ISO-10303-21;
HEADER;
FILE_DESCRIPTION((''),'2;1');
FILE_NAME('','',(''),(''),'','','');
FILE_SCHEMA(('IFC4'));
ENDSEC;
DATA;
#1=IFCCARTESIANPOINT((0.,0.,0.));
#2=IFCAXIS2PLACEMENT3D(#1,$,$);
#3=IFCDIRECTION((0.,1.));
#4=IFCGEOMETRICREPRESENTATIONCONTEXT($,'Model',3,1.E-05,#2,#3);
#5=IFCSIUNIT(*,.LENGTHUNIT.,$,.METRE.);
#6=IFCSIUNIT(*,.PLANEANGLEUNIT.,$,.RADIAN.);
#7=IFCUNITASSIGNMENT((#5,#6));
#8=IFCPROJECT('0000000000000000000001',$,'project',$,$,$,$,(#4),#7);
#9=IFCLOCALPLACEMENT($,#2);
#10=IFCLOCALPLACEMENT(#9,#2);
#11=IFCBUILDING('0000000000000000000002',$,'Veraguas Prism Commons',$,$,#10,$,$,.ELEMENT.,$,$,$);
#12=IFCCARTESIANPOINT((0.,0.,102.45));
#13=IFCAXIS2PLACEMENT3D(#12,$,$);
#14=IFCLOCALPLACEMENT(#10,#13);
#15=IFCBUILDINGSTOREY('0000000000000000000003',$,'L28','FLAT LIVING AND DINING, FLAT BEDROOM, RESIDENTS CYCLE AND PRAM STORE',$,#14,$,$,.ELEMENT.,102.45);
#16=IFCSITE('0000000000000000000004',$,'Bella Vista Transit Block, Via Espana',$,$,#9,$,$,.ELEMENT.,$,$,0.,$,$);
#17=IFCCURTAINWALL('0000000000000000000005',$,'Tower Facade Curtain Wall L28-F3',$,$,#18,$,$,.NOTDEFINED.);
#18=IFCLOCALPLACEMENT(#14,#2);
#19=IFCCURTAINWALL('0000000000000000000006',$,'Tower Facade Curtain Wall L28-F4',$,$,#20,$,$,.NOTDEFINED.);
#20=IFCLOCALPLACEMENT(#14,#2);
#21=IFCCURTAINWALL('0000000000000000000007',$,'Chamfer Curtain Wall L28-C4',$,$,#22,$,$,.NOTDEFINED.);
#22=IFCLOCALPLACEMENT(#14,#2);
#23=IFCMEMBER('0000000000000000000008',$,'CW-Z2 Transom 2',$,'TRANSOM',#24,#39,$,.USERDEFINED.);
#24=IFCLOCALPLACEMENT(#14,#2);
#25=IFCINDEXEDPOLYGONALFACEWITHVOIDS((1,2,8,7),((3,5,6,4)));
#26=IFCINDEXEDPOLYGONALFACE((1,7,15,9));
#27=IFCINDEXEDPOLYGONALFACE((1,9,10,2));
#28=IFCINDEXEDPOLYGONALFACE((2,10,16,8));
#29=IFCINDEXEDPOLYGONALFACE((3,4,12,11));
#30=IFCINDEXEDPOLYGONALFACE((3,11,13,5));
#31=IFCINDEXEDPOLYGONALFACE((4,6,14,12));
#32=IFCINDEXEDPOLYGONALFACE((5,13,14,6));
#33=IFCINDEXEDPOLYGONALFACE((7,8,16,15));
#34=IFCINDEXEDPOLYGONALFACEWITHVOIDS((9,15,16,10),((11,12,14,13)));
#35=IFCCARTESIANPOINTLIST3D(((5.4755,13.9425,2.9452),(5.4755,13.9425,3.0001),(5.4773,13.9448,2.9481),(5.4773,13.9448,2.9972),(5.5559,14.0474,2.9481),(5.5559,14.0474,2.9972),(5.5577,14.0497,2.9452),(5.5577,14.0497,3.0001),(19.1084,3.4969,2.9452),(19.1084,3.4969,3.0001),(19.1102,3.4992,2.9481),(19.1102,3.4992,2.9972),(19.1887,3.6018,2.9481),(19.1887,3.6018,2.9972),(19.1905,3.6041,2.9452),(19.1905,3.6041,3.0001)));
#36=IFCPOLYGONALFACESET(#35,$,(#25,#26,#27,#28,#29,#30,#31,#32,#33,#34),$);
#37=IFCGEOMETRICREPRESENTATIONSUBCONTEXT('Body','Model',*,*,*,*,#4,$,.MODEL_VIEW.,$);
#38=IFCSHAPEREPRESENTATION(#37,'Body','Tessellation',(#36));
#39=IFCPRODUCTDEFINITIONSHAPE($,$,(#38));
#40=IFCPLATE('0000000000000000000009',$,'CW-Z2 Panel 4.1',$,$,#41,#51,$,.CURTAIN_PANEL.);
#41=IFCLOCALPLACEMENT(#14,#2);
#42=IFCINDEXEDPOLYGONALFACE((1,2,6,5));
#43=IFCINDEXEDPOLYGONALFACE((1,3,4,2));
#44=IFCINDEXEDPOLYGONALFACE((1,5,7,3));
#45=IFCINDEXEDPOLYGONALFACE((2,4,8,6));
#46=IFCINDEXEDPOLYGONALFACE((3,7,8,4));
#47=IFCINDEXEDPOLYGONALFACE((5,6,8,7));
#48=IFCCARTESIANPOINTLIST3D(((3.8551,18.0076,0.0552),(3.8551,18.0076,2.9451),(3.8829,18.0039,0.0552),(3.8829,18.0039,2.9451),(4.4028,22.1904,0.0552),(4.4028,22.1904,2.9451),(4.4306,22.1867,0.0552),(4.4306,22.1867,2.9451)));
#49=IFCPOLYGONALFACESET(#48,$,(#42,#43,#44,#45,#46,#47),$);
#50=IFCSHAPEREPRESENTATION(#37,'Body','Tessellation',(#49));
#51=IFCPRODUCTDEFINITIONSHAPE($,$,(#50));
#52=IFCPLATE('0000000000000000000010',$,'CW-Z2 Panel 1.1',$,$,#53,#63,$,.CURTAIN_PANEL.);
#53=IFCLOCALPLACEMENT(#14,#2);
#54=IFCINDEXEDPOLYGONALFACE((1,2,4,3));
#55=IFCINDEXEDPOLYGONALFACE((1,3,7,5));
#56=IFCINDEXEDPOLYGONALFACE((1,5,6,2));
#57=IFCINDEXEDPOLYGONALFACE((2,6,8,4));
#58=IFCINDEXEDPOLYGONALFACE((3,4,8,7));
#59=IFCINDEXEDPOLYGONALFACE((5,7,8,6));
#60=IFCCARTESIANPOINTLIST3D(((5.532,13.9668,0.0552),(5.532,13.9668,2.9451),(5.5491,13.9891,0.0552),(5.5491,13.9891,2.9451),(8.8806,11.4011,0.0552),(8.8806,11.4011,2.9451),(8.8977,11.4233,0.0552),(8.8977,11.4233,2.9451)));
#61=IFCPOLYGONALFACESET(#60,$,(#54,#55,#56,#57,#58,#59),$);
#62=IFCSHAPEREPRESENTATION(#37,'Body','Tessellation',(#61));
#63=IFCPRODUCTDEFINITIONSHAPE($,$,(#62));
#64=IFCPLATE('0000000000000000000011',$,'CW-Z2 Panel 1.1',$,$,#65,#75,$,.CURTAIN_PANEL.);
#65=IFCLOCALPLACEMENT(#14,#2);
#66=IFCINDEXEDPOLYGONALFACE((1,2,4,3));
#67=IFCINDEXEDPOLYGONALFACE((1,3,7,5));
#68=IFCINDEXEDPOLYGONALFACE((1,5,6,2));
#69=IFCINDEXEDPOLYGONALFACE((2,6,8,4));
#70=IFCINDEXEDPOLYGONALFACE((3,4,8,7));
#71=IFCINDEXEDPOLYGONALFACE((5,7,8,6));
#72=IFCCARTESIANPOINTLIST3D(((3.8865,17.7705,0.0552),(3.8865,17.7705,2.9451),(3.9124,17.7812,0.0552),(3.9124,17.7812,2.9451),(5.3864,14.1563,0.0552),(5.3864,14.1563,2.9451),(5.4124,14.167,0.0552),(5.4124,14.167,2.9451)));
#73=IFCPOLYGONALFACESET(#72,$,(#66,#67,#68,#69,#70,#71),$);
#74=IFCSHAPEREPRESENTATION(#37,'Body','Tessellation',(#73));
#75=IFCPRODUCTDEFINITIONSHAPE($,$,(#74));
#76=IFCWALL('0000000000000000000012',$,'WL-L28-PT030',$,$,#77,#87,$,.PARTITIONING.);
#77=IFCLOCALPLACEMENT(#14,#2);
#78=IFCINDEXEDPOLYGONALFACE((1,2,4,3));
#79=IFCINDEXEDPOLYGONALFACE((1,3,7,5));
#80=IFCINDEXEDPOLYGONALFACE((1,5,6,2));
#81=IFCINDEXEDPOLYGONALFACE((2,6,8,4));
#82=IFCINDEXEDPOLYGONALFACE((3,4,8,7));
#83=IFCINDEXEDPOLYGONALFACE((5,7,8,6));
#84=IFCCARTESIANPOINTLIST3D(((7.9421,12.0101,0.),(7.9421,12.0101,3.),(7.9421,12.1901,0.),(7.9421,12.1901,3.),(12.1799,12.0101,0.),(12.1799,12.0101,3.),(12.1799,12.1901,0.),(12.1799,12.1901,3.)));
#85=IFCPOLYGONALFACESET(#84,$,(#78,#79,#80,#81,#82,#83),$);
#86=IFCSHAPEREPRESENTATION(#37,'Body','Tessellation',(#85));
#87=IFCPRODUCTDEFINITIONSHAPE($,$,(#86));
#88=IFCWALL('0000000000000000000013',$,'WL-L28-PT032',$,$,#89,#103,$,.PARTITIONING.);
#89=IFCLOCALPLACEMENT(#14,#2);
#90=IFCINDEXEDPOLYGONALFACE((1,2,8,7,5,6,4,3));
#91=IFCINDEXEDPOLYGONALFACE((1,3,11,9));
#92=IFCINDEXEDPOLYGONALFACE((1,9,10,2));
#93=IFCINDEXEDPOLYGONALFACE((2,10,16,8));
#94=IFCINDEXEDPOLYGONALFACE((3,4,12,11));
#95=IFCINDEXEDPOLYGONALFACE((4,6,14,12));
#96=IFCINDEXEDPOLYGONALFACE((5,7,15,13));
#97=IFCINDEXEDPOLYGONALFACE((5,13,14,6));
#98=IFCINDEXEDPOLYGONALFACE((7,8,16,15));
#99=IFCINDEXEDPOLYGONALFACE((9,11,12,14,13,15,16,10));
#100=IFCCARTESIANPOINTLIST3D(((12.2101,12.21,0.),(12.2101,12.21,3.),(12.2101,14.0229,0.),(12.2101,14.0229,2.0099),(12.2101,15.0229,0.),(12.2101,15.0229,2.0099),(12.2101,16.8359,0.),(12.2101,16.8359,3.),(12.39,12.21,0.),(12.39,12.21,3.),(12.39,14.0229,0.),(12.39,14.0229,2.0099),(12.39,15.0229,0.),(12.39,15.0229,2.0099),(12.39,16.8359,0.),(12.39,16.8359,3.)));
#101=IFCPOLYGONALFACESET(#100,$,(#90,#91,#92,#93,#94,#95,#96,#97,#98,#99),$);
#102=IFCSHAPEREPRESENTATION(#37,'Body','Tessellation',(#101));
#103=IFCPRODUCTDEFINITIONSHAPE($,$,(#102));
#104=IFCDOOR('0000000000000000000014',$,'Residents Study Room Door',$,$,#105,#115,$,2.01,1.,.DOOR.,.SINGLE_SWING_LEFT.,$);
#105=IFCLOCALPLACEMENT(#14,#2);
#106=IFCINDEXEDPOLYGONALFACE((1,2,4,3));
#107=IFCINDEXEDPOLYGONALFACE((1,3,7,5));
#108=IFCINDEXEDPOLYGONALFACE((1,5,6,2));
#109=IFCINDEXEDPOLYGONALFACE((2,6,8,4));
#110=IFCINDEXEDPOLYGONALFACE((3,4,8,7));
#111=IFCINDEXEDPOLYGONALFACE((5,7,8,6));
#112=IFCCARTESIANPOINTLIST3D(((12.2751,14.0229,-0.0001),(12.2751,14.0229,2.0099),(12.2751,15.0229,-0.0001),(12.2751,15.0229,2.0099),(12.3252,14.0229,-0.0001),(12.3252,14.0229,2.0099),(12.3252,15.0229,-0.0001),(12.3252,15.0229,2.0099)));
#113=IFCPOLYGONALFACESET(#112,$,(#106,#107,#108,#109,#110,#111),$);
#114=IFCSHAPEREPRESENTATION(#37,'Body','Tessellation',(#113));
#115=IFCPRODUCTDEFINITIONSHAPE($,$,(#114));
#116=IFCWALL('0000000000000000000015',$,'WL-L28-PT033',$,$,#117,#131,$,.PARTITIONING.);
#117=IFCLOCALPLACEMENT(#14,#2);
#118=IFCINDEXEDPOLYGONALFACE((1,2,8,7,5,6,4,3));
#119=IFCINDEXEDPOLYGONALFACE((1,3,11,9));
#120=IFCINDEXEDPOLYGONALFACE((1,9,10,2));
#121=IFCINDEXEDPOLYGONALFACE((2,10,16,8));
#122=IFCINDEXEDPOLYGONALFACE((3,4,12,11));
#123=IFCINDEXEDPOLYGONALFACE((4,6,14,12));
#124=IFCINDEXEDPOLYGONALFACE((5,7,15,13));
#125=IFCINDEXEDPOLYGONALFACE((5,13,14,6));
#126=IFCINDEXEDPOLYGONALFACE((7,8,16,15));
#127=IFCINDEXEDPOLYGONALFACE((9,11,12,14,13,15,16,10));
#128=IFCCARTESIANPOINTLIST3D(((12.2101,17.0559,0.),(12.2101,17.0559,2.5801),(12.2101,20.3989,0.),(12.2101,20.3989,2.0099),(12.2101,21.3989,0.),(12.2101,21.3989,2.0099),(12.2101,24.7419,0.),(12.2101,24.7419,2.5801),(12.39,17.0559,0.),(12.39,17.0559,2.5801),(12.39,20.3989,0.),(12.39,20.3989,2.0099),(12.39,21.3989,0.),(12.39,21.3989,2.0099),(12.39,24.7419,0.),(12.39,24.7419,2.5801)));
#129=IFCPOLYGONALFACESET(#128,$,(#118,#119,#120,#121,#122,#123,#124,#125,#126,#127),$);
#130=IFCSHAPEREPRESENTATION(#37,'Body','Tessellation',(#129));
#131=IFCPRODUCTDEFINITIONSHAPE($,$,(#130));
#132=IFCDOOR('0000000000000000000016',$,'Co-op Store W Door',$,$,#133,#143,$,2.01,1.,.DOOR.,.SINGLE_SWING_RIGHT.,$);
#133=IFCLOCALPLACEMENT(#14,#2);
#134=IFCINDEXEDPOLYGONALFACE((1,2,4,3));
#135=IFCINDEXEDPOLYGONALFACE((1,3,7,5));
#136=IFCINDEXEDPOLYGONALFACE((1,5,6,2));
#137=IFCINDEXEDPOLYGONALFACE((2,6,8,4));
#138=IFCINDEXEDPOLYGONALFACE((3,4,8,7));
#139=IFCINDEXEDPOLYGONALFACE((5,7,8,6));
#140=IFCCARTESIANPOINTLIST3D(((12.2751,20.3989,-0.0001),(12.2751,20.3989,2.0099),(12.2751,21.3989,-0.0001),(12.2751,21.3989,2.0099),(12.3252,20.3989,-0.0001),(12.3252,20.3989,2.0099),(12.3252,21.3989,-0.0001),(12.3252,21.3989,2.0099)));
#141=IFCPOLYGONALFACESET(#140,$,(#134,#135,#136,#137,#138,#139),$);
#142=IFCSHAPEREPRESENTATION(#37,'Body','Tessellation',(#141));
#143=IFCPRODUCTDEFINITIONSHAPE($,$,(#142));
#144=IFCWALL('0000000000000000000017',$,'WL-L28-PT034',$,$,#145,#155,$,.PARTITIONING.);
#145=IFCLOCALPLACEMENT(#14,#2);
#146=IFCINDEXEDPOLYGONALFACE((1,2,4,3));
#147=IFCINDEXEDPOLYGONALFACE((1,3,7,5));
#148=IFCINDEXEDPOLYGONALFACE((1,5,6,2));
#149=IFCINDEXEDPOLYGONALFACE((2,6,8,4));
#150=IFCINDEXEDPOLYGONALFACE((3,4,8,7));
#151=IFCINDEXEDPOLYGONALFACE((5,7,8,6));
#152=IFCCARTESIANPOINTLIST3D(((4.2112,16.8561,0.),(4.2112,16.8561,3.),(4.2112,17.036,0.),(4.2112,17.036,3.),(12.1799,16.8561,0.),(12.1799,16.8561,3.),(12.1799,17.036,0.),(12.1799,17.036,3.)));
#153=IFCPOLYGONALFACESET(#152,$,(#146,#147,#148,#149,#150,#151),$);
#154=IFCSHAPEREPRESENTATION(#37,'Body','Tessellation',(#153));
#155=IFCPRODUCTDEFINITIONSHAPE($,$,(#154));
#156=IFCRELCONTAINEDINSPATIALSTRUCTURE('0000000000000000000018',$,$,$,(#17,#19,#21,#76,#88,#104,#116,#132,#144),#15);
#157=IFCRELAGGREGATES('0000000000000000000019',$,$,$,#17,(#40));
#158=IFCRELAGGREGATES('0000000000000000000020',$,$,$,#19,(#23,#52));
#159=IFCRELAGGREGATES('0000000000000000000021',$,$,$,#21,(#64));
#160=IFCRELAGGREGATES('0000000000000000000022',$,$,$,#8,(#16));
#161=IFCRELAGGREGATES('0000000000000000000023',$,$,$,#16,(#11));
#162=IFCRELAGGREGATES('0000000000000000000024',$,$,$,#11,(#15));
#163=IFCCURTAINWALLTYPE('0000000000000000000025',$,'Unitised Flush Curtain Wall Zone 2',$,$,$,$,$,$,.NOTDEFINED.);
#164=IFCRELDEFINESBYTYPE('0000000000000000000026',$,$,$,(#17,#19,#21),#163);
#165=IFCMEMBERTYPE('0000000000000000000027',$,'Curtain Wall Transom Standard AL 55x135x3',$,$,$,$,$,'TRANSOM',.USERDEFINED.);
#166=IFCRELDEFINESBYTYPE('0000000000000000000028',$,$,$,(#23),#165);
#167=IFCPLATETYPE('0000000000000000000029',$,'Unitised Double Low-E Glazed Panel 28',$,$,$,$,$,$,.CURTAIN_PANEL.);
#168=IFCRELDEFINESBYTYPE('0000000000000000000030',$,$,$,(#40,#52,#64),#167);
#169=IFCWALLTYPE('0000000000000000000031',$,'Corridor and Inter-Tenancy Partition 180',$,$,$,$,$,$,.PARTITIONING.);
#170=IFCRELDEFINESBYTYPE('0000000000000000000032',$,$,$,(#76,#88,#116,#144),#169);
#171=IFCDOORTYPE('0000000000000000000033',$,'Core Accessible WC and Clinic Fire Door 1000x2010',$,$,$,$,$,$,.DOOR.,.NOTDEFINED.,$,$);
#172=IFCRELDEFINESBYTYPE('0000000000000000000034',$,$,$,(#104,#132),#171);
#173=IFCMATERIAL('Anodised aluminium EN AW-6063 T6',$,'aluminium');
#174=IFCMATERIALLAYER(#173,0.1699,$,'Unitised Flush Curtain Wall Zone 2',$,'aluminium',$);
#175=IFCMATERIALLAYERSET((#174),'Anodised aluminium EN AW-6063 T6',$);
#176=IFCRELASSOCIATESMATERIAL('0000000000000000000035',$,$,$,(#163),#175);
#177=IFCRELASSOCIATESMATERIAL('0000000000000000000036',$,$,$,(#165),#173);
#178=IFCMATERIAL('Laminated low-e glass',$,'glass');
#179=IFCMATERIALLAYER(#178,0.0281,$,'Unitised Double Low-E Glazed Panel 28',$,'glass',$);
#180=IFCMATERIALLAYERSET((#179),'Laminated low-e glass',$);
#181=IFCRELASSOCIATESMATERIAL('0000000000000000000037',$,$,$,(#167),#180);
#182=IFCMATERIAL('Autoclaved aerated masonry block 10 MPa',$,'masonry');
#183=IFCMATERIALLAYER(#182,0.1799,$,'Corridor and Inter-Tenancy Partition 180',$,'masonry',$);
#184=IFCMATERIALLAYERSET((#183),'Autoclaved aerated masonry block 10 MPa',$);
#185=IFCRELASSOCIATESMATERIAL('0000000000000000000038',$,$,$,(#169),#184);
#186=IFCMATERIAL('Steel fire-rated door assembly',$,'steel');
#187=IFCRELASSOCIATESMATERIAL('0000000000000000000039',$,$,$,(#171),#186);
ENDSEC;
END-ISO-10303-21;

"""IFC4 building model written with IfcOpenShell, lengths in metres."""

from ifc_helpers import new_model, si_unit, direction, frame, frame_2d, origin, origin_2d, place, context, subcontext, project, spatial, rectangle, hollow_rectangle, extrude, source, transform, mapped, material, layer, layer_set, material_profile, profile_set, type_object, element, fill, aggregate, save


model = new_model("IFC4")

# Units and contexts
model_context = context("Model", 3, precision=1e-05, world=origin(), true_north=direction((0.0, 1.0)))
body_context = subcontext(model_context, "Body", "Model", "MODEL_VIEW")
ifc_project = project(units=[si_unit("LENGTHUNIT", "METRE"), si_unit("PLANEANGLEUNIT", "RADIAN")], contexts=[model_context])

# Site, building, storey
site_placement = place(None, origin())
site = spatial("IfcSite", under=ifc_project, at=site_placement, Name="Bella Vista Transit Block, Via Espana", CompositionType="ELEMENT", RefElevation=0.0)
building_placement = place(site_placement, origin())
building = spatial("IfcBuilding", under=site, at=building_placement, Name="Veraguas Prism Commons", CompositionType="ELEMENT")
storey_placement = place(building_placement, frame((0.0, 0.0, 102.45)))
storey = spatial("IfcBuildingStorey", under=building, at=storey_placement, Name="L28", Description="FLAT LIVING AND DINING, FLAT BEDROOM, RESIDENTS CYCLE AND PRAM STORE", CompositionType="ELEMENT", Elevation=102.45)

# Curtain walls
ifc_material_1 = material(Name="Anodised aluminium EN AW-6063 T6", Category="aluminium")
ifc_layer_1 = layer(ifc_material_1, 0.1699, Name="Unitised Flush Curtain Wall Zone 2", Category="aluminium")
ifc_layer_set_1 = layer_set([ifc_layer_1], Name="Anodised aluminium EN AW-6063 T6")
curtain_wall_type = type_object("IfcCurtainWallType", Name="Unitised Flush Curtain Wall Zone 2", PredefinedType="NOTDEFINED", material=ifc_layer_set_1)
curtain_wall_1_placement = place(storey_placement, origin())
curtain_wall_1 = element("IfcCurtainWall", 1, at=curtain_wall_1_placement, inside=storey, type_object=curtain_wall_type, Name="Tower Facade Curtain Wall L28-F3", PredefinedType="NOTDEFINED")
curtain_wall_2_placement = place(storey_placement, origin())
curtain_wall_2 = element("IfcCurtainWall", 2, at=curtain_wall_2_placement, inside=storey, type_object=curtain_wall_type, Name="Tower Facade Curtain Wall L28-F4", PredefinedType="NOTDEFINED")

# Curtain wall
curtain_wall_3_placement = place(storey_placement, origin())
curtain_wall_3 = element("IfcCurtainWall", 3, at=curtain_wall_3_placement, inside=storey, type_object=curtain_wall_type, Name="Chamfer Curtain Wall L28-C4", PredefinedType="NOTDEFINED")
ifc_material_profile_1 = material_profile(ifc_material_1, hollow_rectangle(XDim=0.0549, YDim=0.135, WallThickness=0.0029, at=origin_2d()), Name="AL55X135X3")
ifc_profile_set_1 = profile_set([ifc_material_profile_1], Name="Anodised aluminium EN AW-6063 T6")
member_type_1 = type_object("IfcMemberType", Name="Curtain Wall Transom Standard AL 55x135x3", ElementType="TRANSOM", PredefinedType="USERDEFINED", material=ifc_profile_set_1)

# Member
shared_shape_1 = source(origin(), body_context, "Body", "SweptSolid", [
    extrude(hollow_rectangle(XDim=0.0549, YDim=0.135, WallThickness=0.0029, at=origin_2d()), origin(), (0.0, 0.0, 1.0), 17.1746),
])
member_1_placement = place(storey_placement, frame((5.5166, 13.9961, 2.9727), z_axis=(0.793783, -0.608202, 0.0), x_axis=(0.0, 0.0, 1.0)))
member_1 = element("IfcMember", 4, at=member_1_placement, type_object=member_type_1, Name="CW-Z2 Transom 2", ObjectType="TRANSOM", PredefinedType="USERDEFINED", context=body_context, shape_type="MappedRepresentation", body=[
    mapped(shared_shape_1, transform((0.0, 0.0, 0.0), scale=1.0)),
])

# Plates
ifc_material_2 = material(Name="Laminated low-e glass", Category="glass")
ifc_layer_2 = layer(ifc_material_2, 0.0281, Name="Unitised Double Low-E Glazed Panel 28", Category="glass")
ifc_layer_set_2 = layer_set([ifc_layer_2], Name="Laminated low-e glass")
plate_type = type_object("IfcPlateType", Name="Unitised Double Low-E Glazed Panel 28", PredefinedType="CURTAIN_PANEL", material=ifc_layer_set_2)
shared_shape_2 = source(origin(), body_context, "Body", "SweptSolid", [
    extrude(rectangle(XDim=4.2185, YDim=0.0281, at=origin_2d()), origin(), (0.0, 0.0, 1.0), 2.8899),
])
plate_1_placement = place(storey_placement, frame((4.1428, 20.0972, 0.0552), z_axis=(0.0, 0.0, 1.0), x_axis=(-0.129834, -0.991536, 0.0)))
plate_1 = element("IfcPlate", 5, at=plate_1_placement, type_object=plate_type, Name="CW-Z2 Panel 4.1", PredefinedType="CURTAIN_PANEL", context=body_context, shape_type="MappedRepresentation", body=[
    mapped(shared_shape_2, transform((0.0, 0.0, 0.0), scale=1.0)),
])
aggregate(curtain_wall_1, [plate_1])
plate_2_placement = place(storey_placement, frame((7.2148, 12.6951, 0.0552), z_axis=(0.0, 0.0, 1.0), x_axis=(0.793778, -0.608207, 0.0)))
plate_2 = element("IfcPlate", 6, at=plate_2_placement, type_object=plate_type, Name="CW-Z2 Panel 1.1", PredefinedType="CURTAIN_PANEL", context=body_context, shape_type="MappedRepresentation", body=[
    mapped(shared_shape_2, transform((0.0, 0.0, 0.0), scale=1.0)),
])
aggregate(curtain_wall_2, [member_1, plate_2])
shared_shape_3 = source(origin(), body_context, "Body", "SweptSolid", [
    extrude(rectangle(XDim=3.9131, YDim=0.0281, at=origin_2d()), origin(), (0.0, 0.0, 1.0), 2.8899),
])
plate_3_placement = place(storey_placement, frame((4.6494, 15.9688, 0.0552), z_axis=(0.0, 0.0, 1.0), x_axis=(0.38332, -0.923615, 0.0)))
plate_3 = element("IfcPlate", 7, at=plate_3_placement, type_object=plate_type, Name="CW-Z2 Panel 1.1", PredefinedType="CURTAIN_PANEL", context=body_context, shape_type="MappedRepresentation", body=[
    mapped(shared_shape_3, transform((0.0, 0.0, 0.0), scale=1.0)),
])
aggregate(curtain_wall_3, [plate_3])

# Wall
ifc_material_3 = material(Name="Autoclaved aerated masonry block 10 MPa", Category="masonry")
ifc_layer_3 = layer(ifc_material_3, 0.1799, Name="Corridor and Inter-Tenancy Partition 180", Category="masonry")
ifc_layer_set_3 = layer_set([ifc_layer_3], Name="Autoclaved aerated masonry block 10 MPa")
wall_type = type_object("IfcWallType", Name="Corridor and Inter-Tenancy Partition 180", PredefinedType="PARTITIONING", material=ifc_layer_set_3)
wall_1_placement = place(storey_placement, frame((12.1799, 12.1001, 0.0), z_axis=(0.0, 0.0, 1.0), x_axis=(-1.0, 0.0, 0.0)))
element("IfcWall", 8, at=wall_1_placement, inside=storey, type_object=wall_type, Name="WL-L28-PT030", PredefinedType="PARTITIONING", context=body_context, shape_type="SweptSolid", body=[
    extrude(rectangle(XDim=4.2378, YDim=0.1799, at=frame_2d((2.1189, 0.0))), origin(), (0.0, 0.0, 1.0), 3.0),
])

# Walls, openings, doors
wall_2_placement = place(storey_placement, frame((12.3, 12.21, 0.0), z_axis=(0.0, 0.0, 1.0), x_axis=(0.0, 1.0, 0.0)))
wall_2 = element("IfcWall", 9, at=wall_2_placement, inside=storey, type_object=wall_type, Name="WL-L28-PT032", PredefinedType="PARTITIONING", context=body_context, shape_type="SweptSolid", body=[
    extrude(rectangle(XDim=4.626, YDim=0.1799, at=frame_2d((2.313, 0.0))), origin(), (0.0, 0.0, 1.0), 3.0),
])
opening_1_placement = place(wall_2_placement, frame((1.813, 0.0, 0.0)))
opening_1 = element("IfcOpeningElement", 10, at=opening_1_placement, cuts=wall_2, PredefinedType="OPENING", context=body_context, shape_type="SweptSolid", body=[
    extrude(rectangle(XDim=1.0, YDim=2.01, at=frame_2d((0.5, 1.0049))), frame((0.0, 0.0999, 0.0), z_axis=(0.0, -1.0, 0.0), x_axis=(1.0, 0.0, 0.0)), (0.0, 0.0, 1.0), 0.2),
])
ifc_material_4 = material(Name="Steel fire-rated door assembly", Category="steel")
door_type = type_object("IfcDoorType", Name="Core Accessible WC and Clinic Fire Door 1000x2010", OperationType="NOTDEFINED", PredefinedType="DOOR", material=ifc_material_4)
shared_shape_4 = source(origin(), body_context, "Body", "SweptSolid", [
    extrude(rectangle(XDim=1.0, YDim=2.01, at=frame_2d((0.5, 1.0049))), frame((0.0, 0.0249, 0.0), z_axis=(0.0, -1.0, 0.0), x_axis=(1.0, 0.0, 0.0)), (0.0, 0.0, 1.0), 0.05),
])
door_1_placement = place(opening_1_placement, origin())
door_1 = element("IfcDoor", 11, at=door_1_placement, inside=storey, type_object=door_type, Name="Residents Study Room Door", OperationType="SINGLE_SWING_LEFT", OverallHeight=2.01, OverallWidth=1.0, PredefinedType="DOOR", context=body_context, shape_type="MappedRepresentation", body=[
    mapped(shared_shape_4, transform((0.0, 0.0, 0.0), scale=1.0)),
])
fill(opening_1, door_1)
wall_3_placement = place(storey_placement, frame((12.3, 17.0559, 0.0), z_axis=(0.0, 0.0, 1.0), x_axis=(0.0, 1.0, 0.0)))
wall_3 = element("IfcWall", 12, at=wall_3_placement, inside=storey, type_object=wall_type, Name="WL-L28-PT033", PredefinedType="PARTITIONING", context=body_context, shape_type="SweptSolid", body=[
    extrude(rectangle(XDim=7.686, YDim=0.1799, at=frame_2d((3.843, 0.0))), origin(), (0.0, 0.0, 1.0), 2.5801),
])
opening_2_placement = place(wall_3_placement, frame((3.343, 0.0, 0.0)))
opening_2 = element("IfcOpeningElement", 13, at=opening_2_placement, cuts=wall_3, PredefinedType="OPENING", context=body_context, shape_type="SweptSolid", body=[
    extrude(rectangle(XDim=1.0, YDim=2.01, at=frame_2d((0.5, 1.0049))), frame((0.0, 0.0999, 0.0), z_axis=(0.0, -1.0, 0.0), x_axis=(1.0, 0.0, 0.0)), (0.0, 0.0, 1.0), 0.2),
])
door_2_placement = place(opening_2_placement, origin())
door_2 = element("IfcDoor", 14, at=door_2_placement, inside=storey, type_object=door_type, Name="Co-op Store W Door", OperationType="SINGLE_SWING_RIGHT", OverallHeight=2.01, OverallWidth=1.0, PredefinedType="DOOR", context=body_context, shape_type="MappedRepresentation", body=[
    mapped(shared_shape_4, transform((0.0, 0.0, 0.0), scale=1.0)),
])
fill(opening_2, door_2)

# Wall
wall_4_placement = place(storey_placement, frame((12.1799, 16.946, 0.0), z_axis=(0.0, 0.0, 1.0), x_axis=(-1.0, 0.0, 0.0)))
element("IfcWall", 15, at=wall_4_placement, inside=storey, type_object=wall_type, Name="WL-L28-PT034", PredefinedType="PARTITIONING", context=body_context, shape_type="SweptSolid", body=[
    extrude(rectangle(XDim=7.9688, YDim=0.1799, at=frame_2d((3.9844, 0.0))), origin(), (0.0, 0.0, 1.0), 3.0),
])

save(model, "model.ifc")
